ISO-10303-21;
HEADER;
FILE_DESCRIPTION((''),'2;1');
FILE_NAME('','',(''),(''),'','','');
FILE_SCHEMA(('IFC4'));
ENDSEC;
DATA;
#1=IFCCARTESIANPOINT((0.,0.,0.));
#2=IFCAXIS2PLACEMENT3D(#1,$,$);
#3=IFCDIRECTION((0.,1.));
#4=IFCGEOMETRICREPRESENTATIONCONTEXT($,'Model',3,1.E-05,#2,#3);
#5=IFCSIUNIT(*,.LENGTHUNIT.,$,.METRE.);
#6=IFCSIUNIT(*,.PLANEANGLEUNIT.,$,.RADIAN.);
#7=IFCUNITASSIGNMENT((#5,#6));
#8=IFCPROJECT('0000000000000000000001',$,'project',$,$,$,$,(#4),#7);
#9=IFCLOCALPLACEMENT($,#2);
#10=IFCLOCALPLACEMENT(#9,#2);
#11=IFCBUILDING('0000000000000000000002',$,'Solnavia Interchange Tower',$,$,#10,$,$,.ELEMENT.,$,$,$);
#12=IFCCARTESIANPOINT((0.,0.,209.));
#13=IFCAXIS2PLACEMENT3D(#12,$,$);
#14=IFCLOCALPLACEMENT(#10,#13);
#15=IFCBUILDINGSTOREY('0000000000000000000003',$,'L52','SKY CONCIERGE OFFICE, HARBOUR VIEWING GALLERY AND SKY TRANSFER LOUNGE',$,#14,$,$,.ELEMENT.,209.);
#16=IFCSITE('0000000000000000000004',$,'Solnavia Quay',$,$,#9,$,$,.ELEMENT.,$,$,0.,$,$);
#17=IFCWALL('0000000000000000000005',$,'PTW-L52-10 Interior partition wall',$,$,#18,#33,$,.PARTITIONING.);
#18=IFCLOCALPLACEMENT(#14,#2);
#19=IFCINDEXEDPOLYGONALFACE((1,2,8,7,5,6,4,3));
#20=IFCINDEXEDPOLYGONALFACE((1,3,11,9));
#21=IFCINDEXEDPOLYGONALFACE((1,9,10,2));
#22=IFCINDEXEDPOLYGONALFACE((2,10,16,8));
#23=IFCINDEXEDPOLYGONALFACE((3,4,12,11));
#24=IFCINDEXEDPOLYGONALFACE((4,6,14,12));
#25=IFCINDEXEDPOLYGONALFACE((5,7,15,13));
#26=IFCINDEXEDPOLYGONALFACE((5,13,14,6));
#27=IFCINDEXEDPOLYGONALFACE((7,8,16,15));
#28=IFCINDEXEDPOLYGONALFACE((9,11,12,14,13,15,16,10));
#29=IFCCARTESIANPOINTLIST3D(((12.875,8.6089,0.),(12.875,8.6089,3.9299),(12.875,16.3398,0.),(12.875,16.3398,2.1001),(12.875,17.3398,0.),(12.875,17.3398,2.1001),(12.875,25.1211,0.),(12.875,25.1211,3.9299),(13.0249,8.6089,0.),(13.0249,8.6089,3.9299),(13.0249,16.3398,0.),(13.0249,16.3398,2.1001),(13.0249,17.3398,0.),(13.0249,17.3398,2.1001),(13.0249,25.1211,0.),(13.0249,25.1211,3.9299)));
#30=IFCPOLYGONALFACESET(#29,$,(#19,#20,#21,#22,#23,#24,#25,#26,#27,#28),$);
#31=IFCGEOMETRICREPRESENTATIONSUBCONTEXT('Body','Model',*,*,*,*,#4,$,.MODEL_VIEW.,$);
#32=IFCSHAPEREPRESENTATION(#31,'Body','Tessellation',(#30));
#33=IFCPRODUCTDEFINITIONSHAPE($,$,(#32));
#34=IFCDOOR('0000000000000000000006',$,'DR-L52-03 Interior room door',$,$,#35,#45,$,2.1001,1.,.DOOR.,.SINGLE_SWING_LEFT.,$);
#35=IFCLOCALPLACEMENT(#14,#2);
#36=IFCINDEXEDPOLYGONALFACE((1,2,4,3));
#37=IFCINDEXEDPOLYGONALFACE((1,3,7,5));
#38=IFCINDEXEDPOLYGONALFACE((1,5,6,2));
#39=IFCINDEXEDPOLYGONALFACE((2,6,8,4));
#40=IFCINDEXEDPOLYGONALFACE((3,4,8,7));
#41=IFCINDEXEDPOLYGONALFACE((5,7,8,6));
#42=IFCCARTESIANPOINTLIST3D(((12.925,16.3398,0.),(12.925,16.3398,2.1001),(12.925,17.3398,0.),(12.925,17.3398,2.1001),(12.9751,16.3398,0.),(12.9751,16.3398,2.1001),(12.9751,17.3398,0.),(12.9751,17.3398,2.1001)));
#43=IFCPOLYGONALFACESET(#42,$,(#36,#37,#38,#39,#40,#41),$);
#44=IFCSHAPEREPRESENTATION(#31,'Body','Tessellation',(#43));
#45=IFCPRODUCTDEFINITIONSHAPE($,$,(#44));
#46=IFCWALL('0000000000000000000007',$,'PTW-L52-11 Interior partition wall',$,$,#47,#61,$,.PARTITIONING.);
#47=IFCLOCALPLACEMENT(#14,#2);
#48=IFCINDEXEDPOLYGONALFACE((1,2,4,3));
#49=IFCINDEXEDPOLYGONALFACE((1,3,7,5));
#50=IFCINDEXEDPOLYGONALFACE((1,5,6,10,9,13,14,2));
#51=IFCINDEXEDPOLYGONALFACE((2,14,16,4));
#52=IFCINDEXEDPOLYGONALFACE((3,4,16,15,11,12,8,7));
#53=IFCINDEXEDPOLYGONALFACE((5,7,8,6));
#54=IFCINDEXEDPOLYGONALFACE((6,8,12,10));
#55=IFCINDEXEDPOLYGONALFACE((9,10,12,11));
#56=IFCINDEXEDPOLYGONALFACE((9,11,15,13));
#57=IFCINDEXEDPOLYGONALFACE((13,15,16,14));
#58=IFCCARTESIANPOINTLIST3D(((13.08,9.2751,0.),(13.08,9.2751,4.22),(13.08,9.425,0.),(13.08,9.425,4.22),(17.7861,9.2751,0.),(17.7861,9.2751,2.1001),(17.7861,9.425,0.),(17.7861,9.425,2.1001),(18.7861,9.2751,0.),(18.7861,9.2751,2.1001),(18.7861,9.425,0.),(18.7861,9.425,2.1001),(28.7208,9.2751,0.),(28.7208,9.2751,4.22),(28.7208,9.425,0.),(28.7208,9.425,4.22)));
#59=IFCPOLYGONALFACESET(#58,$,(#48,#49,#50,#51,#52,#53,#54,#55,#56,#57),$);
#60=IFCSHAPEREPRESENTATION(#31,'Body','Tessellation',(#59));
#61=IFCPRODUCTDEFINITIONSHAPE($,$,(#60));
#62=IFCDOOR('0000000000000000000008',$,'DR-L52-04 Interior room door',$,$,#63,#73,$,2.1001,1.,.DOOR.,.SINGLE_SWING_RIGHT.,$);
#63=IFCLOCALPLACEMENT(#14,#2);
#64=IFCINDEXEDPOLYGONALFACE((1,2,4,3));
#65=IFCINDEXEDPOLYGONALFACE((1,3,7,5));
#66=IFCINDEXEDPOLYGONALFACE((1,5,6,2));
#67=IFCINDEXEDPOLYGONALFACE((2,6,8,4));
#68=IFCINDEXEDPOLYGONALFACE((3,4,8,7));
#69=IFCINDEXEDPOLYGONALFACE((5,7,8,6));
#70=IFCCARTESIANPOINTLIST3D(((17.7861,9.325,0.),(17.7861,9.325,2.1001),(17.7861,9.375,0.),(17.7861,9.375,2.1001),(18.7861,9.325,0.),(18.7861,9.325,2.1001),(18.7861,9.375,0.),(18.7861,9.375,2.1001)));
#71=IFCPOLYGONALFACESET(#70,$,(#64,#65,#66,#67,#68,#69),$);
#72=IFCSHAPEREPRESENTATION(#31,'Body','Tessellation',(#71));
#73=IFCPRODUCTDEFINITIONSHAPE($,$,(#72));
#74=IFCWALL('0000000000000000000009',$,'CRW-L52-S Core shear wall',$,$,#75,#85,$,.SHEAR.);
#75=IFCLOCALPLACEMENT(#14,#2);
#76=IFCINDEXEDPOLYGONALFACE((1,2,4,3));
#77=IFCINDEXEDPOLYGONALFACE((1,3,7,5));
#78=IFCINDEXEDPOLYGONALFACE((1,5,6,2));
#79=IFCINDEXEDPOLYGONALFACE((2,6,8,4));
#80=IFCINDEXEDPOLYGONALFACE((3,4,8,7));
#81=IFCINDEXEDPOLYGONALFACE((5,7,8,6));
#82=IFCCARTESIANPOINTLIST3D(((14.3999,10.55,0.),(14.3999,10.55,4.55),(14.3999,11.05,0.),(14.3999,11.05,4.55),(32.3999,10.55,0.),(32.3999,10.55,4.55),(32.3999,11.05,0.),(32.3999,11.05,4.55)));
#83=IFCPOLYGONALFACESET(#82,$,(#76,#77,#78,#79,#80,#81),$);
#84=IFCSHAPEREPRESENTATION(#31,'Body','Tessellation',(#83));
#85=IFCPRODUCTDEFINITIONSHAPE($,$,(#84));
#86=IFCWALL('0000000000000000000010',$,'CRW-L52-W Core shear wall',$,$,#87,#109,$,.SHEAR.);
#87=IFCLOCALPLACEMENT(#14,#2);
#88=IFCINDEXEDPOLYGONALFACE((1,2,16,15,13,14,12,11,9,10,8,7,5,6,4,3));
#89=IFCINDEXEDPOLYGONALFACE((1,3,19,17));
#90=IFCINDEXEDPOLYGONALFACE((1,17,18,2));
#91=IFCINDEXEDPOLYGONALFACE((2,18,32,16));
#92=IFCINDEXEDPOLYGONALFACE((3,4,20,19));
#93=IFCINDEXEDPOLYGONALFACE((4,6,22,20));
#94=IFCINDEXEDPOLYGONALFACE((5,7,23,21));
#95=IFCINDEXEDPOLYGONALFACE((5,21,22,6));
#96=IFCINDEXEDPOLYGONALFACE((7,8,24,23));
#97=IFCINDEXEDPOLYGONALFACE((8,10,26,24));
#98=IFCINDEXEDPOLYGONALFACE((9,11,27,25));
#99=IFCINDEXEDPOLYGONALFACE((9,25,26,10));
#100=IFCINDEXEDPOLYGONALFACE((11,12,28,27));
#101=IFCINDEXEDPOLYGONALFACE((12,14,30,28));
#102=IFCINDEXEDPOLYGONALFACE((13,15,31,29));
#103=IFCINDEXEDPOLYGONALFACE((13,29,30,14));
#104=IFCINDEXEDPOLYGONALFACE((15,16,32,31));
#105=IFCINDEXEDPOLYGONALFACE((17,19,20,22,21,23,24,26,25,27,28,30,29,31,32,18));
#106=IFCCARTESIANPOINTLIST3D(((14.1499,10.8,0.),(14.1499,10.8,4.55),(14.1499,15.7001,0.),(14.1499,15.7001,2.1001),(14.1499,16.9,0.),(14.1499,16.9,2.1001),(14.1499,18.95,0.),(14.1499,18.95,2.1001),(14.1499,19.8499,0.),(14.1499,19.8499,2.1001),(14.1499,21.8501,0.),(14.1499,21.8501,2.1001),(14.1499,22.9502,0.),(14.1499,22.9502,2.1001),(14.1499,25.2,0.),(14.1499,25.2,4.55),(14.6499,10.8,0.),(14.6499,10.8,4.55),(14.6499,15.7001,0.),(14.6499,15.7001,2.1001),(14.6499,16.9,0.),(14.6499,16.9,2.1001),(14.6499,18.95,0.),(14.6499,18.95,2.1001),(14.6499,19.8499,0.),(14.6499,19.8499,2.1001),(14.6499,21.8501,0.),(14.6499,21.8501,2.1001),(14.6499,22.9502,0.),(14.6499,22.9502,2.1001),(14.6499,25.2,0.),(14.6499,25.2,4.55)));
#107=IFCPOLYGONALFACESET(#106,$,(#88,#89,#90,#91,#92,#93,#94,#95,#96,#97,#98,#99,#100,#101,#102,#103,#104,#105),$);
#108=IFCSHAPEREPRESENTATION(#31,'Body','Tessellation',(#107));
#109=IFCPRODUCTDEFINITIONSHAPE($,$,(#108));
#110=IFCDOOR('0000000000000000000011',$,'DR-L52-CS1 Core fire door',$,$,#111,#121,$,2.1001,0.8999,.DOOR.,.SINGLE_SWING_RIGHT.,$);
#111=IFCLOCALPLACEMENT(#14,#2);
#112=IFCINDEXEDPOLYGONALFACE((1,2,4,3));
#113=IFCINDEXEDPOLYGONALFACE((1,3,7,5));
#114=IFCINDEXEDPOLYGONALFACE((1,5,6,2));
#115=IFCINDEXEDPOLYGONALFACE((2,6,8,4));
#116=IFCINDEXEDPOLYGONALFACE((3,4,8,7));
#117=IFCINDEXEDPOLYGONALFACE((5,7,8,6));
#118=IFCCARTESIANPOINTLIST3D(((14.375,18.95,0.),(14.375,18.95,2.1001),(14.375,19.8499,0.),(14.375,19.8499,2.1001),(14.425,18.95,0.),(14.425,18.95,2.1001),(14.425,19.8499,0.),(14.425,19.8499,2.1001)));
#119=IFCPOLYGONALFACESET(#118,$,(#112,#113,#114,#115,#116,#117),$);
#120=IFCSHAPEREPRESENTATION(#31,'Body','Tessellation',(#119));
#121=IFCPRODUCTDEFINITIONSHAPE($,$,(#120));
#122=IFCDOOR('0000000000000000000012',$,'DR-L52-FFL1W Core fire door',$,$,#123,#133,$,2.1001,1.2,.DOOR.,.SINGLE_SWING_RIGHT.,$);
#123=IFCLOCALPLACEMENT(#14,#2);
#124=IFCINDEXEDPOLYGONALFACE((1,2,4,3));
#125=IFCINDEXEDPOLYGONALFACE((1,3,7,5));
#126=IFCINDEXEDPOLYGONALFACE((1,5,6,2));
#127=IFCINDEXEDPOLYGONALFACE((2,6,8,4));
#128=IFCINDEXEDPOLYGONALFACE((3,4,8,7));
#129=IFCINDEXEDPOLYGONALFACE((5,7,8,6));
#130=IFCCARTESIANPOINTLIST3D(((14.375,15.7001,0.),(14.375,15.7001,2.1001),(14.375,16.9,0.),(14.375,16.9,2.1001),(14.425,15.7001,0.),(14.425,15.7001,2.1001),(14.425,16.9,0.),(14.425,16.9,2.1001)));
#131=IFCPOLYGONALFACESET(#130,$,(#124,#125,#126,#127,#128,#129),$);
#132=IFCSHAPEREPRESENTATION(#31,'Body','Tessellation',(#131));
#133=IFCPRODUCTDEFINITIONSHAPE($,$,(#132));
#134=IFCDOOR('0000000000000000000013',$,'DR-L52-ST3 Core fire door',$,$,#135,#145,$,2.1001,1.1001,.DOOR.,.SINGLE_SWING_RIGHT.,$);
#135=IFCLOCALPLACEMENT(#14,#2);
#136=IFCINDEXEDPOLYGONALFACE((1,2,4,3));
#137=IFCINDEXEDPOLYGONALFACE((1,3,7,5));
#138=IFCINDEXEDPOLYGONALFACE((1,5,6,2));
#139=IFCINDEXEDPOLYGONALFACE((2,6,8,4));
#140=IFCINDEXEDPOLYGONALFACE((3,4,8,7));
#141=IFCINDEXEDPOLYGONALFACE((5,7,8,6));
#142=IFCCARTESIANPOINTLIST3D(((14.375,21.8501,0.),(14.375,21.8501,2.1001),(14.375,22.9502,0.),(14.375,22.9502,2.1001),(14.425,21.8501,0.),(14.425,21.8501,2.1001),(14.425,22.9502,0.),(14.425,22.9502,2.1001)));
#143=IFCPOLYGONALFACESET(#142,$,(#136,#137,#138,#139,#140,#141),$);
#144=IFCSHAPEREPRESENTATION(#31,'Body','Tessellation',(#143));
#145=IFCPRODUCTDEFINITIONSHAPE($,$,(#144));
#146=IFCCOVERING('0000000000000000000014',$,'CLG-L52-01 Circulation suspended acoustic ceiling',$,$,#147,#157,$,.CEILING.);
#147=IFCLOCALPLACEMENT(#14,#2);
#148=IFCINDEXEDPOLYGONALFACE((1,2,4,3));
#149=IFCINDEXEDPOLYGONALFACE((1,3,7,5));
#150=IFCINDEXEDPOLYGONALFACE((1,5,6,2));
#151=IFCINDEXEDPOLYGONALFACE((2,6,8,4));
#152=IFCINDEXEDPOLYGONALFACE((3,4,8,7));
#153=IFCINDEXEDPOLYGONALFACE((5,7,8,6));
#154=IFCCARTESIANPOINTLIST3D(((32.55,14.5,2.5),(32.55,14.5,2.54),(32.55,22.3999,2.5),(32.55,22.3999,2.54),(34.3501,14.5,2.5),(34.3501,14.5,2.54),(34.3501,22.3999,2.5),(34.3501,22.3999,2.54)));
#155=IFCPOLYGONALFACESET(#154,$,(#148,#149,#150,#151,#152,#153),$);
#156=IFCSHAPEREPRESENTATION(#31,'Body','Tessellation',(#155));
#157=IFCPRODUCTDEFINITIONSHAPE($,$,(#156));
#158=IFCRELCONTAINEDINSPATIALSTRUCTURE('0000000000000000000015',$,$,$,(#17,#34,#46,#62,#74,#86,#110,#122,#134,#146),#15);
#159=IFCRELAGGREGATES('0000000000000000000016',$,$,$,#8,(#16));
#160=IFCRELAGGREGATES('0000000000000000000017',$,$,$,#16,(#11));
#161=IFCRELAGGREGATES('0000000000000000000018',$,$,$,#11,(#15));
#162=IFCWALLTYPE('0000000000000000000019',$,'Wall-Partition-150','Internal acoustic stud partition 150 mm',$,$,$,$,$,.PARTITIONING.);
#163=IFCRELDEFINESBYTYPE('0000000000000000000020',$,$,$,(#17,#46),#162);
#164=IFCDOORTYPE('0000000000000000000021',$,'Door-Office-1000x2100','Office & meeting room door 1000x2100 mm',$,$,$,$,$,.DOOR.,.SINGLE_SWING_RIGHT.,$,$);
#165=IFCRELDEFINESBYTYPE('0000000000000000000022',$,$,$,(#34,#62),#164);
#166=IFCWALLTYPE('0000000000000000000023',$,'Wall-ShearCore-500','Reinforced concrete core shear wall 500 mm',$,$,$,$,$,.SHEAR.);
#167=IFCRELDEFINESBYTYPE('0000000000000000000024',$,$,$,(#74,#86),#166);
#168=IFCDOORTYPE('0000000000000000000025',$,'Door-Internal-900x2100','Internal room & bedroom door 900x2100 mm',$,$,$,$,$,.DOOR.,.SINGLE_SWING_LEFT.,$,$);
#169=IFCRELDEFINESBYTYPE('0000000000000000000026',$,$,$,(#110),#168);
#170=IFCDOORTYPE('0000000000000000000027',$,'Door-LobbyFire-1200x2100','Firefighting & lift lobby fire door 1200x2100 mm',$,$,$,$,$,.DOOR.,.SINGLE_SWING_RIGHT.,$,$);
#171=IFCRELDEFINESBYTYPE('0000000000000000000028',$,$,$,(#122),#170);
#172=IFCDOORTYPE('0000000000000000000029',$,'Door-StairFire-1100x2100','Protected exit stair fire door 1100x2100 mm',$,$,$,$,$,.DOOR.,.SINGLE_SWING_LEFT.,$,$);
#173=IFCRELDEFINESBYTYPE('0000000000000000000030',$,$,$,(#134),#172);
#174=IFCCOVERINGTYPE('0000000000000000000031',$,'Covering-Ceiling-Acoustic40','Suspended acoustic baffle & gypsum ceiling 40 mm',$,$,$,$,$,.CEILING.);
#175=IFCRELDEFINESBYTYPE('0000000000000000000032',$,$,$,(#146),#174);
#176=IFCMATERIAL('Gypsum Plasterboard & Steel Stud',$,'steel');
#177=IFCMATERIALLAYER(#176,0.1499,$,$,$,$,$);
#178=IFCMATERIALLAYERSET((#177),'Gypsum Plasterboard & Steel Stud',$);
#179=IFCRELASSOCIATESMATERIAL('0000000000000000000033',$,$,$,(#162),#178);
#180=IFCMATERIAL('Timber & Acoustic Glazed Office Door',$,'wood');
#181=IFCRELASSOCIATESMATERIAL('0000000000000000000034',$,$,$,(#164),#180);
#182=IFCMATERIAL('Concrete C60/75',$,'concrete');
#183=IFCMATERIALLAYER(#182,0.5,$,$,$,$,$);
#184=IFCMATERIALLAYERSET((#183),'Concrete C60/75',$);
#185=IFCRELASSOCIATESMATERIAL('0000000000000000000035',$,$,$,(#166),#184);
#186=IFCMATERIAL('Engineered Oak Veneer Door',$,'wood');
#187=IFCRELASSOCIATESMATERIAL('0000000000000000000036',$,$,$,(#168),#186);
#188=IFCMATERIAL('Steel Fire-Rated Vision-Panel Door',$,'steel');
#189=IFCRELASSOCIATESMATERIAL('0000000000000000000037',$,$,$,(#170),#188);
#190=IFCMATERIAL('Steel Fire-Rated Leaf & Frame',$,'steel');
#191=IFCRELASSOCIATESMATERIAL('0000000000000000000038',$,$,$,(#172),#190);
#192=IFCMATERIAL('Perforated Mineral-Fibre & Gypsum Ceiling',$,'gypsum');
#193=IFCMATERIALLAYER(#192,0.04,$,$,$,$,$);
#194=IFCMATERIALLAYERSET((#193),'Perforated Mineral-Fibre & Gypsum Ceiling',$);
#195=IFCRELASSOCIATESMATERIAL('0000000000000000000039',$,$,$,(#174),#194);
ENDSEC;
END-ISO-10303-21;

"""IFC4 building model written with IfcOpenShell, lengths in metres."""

from ifc_helpers import new_model, si_unit, direction, frame, frame_2d, origin, place, context, subcontext, project, spatial, polyline, rectangle, outline, extrude, material, layer, layer_set, type_object, element, fill, save


model = new_model("IFC4")

# Units and contexts
model_context = context("Model", 3, precision=1e-05, world=origin(), true_north=direction((0.0, 1.0)))
body_context = subcontext(model_context, "Body", "Model", "MODEL_VIEW")
ifc_project = project(units=[si_unit("LENGTHUNIT", "METRE"), si_unit("PLANEANGLEUNIT", "RADIAN")], contexts=[model_context])

# Site, building, storey
site_placement = place(None, origin())
site = spatial("IfcSite", under=ifc_project, at=site_placement, Name="Solnavia Quay", CompositionType="ELEMENT", RefElevation=0.0)
building_placement = place(site_placement, origin())
building = spatial("IfcBuilding", under=site, at=building_placement, Name="Solnavia Interchange Tower", CompositionType="ELEMENT")
storey_placement = place(building_placement, frame((0.0, 0.0, 209.0)))
storey = spatial("IfcBuildingStorey", under=building, at=storey_placement, Name="L52", Description="SKY CONCIERGE OFFICE, HARBOUR VIEWING GALLERY AND SKY TRANSFER LOUNGE", CompositionType="ELEMENT", Elevation=209.0)

# Shared definitions
ifc_material_1 = material(Name="Gypsum Plasterboard & Steel Stud", Category="steel")
ifc_layer_1 = layer(ifc_material_1, 0.1499)
ifc_layer_set_1 = layer_set([ifc_layer_1], Name="Gypsum Plasterboard & Steel Stud")
wall_type_1 = type_object("IfcWallType", Name="Wall-Partition-150", Description="Internal acoustic stud partition 150 mm", PredefinedType="PARTITIONING", material=ifc_layer_set_1)

# Walls, openings, doors
wall_1_placement = place(storey_placement, frame((12.95, 8.6089, 0.0), z_axis=(0.0, 0.0, 1.0), x_axis=(0.0, 1.0, 0.0)))
wall_1 = element("IfcWall", 1, at=wall_1_placement, inside=storey, type_object=wall_type_1, Name="PTW-L52-10 Interior partition wall", PredefinedType="PARTITIONING", context=body_context, shape_type="SweptSolid", body=[
    extrude(rectangle(XDim=16.5122, YDim=0.1499, at=frame_2d((8.2561, 0.0))), origin(), (0.0, 0.0, 1.0), 3.9299),
])
opening_1_placement = place(wall_1_placement, frame((7.731, 0.0, 0.0)))
opening_1 = element("IfcOpeningElement", 2, at=opening_1_placement, cuts=wall_1, PredefinedType="OPENING", context=body_context, shape_type="SweptSolid", body=[
    extrude(rectangle(XDim=1.0, YDim=2.1001, at=frame_2d((0.5, 1.05))), frame((0.0, 0.085, 0.0), z_axis=(0.0, -1.0, 0.0), x_axis=(1.0, 0.0, 0.0)), (0.0, 0.0, 1.0), 0.1699),
])
ifc_material_2 = material(Name="Timber & Acoustic Glazed Office Door", Category="wood")
door_type_1 = type_object("IfcDoorType", Name="Door-Office-1000x2100", Description="Office & meeting room door 1000x2100 mm", OperationType="SINGLE_SWING_RIGHT", PredefinedType="DOOR", material=ifc_material_2)
door_1_placement = place(opening_1_placement, origin())
door_1 = element("IfcDoor", 3, at=door_1_placement, inside=storey, type_object=door_type_1, Name="DR-L52-03 Interior room door", OperationType="SINGLE_SWING_LEFT", OverallHeight=2.1001, OverallWidth=1.0, PredefinedType="DOOR", context=body_context, shape_type="SweptSolid", body=[
    extrude(rectangle(XDim=1.0, YDim=2.1001, at=frame_2d((0.5, 1.05))), frame((0.0, 0.0249, 0.0), z_axis=(0.0, -1.0, 0.0), x_axis=(1.0, 0.0, 0.0)), (0.0, 0.0, 1.0), 0.05),
])
fill(opening_1, door_1)
wall_2_placement = place(storey_placement, frame((13.0801, 9.3501, 0.0), z_axis=(0.0, 0.0, 1.0), x_axis=(1.0, 0.0, 0.0)))
wall_2 = element("IfcWall", 4, at=wall_2_placement, inside=storey, type_object=wall_type_1, Name="PTW-L52-11 Interior partition wall", PredefinedType="PARTITIONING", context=body_context, shape_type="SweptSolid", body=[
    extrude(rectangle(XDim=15.6409, YDim=0.1499, at=frame_2d((7.8203, 0.0))), origin(), (0.0, 0.0, 1.0), 4.22),
])
opening_2_placement = place(wall_2_placement, frame((4.7061, 0.0, 0.0)))
opening_2 = element("IfcOpeningElement", 5, at=opening_2_placement, cuts=wall_2, PredefinedType="OPENING", context=body_context, shape_type="SweptSolid", body=[
    extrude(rectangle(XDim=1.0, YDim=2.1001, at=frame_2d((0.5, 1.05))), frame((0.0, 0.085, 0.0), z_axis=(0.0, -1.0, 0.0), x_axis=(1.0, 0.0, 0.0)), (0.0, 0.0, 1.0), 0.1699),
])
door_2_placement = place(opening_2_placement, origin())
door_2 = element("IfcDoor", 6, at=door_2_placement, inside=storey, type_object=door_type_1, Name="DR-L52-04 Interior room door", OperationType="SINGLE_SWING_RIGHT", OverallHeight=2.1001, OverallWidth=1.0, PredefinedType="DOOR", context=body_context, shape_type="SweptSolid", body=[
    extrude(rectangle(XDim=1.0, YDim=2.1001, at=frame_2d((0.5, 1.05))), frame((0.0, 0.0249, 0.0), z_axis=(0.0, -1.0, 0.0), x_axis=(1.0, 0.0, 0.0)), (0.0, 0.0, 1.0), 0.05),
])
fill(opening_2, door_2)

# Wall
ifc_material_3 = material(Name="Concrete C60/75", Category="concrete")
ifc_layer_2 = layer(ifc_material_3, 0.5)
ifc_layer_set_2 = layer_set([ifc_layer_2], Name="Concrete C60/75")
wall_type_2 = type_object("IfcWallType", Name="Wall-ShearCore-500", Description="Reinforced concrete core shear wall 500 mm", PredefinedType="SHEAR", material=ifc_layer_set_2)
wall_3_placement = place(storey_placement, frame((14.3999, 10.8, 0.0), z_axis=(0.0, 0.0, 1.0), x_axis=(1.0, 0.0, 0.0)))
element("IfcWall", 7, at=wall_3_placement, inside=storey, type_object=wall_type_2, Name="CRW-L52-S Core shear wall", PredefinedType="SHEAR", context=body_context, shape_type="SweptSolid", body=[
    extrude(rectangle(XDim=18.0, YDim=0.5, at=frame_2d((9.0, 0.0))), origin(), (0.0, 0.0, 1.0), 4.55),
])

# Wall, openings, doors
wall_4_placement = place(storey_placement, frame((14.3999, 10.8, 0.0), z_axis=(0.0, 0.0, 1.0), x_axis=(0.0, 1.0, 0.0)))
wall_4 = element("IfcWall", 8, at=wall_4_placement, inside=storey, type_object=wall_type_2, Name="CRW-L52-W Core shear wall", PredefinedType="SHEAR", context=body_context, shape_type="SweptSolid", body=[
    extrude(rectangle(XDim=14.3999, YDim=0.5, at=frame_2d((7.2, 0.0))), origin(), (0.0, 0.0, 1.0), 4.55),
])
opening_3_placement = place(wall_4_placement, frame((11.05, 0.0, 0.0)))
opening_3 = element("IfcOpeningElement", 9, at=opening_3_placement, cuts=wall_4, PredefinedType="OPENING", context=body_context, shape_type="SweptSolid", body=[
    extrude(rectangle(XDim=1.1001, YDim=2.1001, at=frame_2d((0.55, 1.05))), frame((0.0, 0.26, 0.0), z_axis=(0.0, -1.0, 0.0), x_axis=(1.0, 0.0, 0.0)), (0.0, 0.0, 1.0), 0.52),
])
opening_4_placement = place(wall_4_placement, frame((4.8999, 0.0, 0.0)))
opening_4 = element("IfcOpeningElement", 10, at=opening_4_placement, cuts=wall_4, PredefinedType="OPENING", context=body_context, shape_type="SweptSolid", body=[
    extrude(rectangle(XDim=1.2, YDim=2.1001, at=frame_2d((0.6001, 1.05))), frame((0.0, 0.26, 0.0), z_axis=(0.0, -1.0, 0.0), x_axis=(1.0, 0.0, 0.0)), (0.0, 0.0, 1.0), 0.52),
])
opening_5_placement = place(wall_4_placement, frame((8.1499, 0.0, 0.0)))
opening_5 = element("IfcOpeningElement", 11, at=opening_5_placement, cuts=wall_4, PredefinedType="OPENING", context=body_context, shape_type="SweptSolid", body=[
    extrude(rectangle(XDim=0.8999, YDim=2.1001, at=frame_2d((0.45, 1.05))), frame((0.0, 0.26, 0.0), z_axis=(0.0, -1.0, 0.0), x_axis=(1.0, 0.0, 0.0)), (0.0, 0.0, 1.0), 0.52),
])
ifc_material_4 = material(Name="Engineered Oak Veneer Door", Category="wood")
door_type_2 = type_object("IfcDoorType", Name="Door-Internal-900x2100", Description="Internal room & bedroom door 900x2100 mm", OperationType="SINGLE_SWING_LEFT", PredefinedType="DOOR", material=ifc_material_4)
door_3_placement = place(opening_5_placement, origin())
door_3 = element("IfcDoor", 12, at=door_3_placement, inside=storey, type_object=door_type_2, Name="DR-L52-CS1 Core fire door", OperationType="SINGLE_SWING_RIGHT", OverallHeight=2.1001, OverallWidth=0.8999, PredefinedType="DOOR", context=body_context, shape_type="SweptSolid", body=[
    extrude(rectangle(XDim=0.8999, YDim=2.1001, at=frame_2d((0.45, 1.05))), frame((0.0, 0.0249, 0.0), z_axis=(0.0, -1.0, 0.0), x_axis=(1.0, 0.0, 0.0)), (0.0, 0.0, 1.0), 0.05),
])
fill(opening_5, door_3)
ifc_material_5 = material(Name="Steel Fire-Rated Vision-Panel Door", Category="steel")
door_type_3 = type_object("IfcDoorType", Name="Door-LobbyFire-1200x2100", Description="Firefighting & lift lobby fire door 1200x2100 mm", OperationType="SINGLE_SWING_RIGHT", PredefinedType="DOOR", material=ifc_material_5)
door_4_placement = place(opening_4_placement, origin())
door_4 = element("IfcDoor", 13, at=door_4_placement, inside=storey, type_object=door_type_3, Name="DR-L52-FFL1W Core fire door", OperationType="SINGLE_SWING_RIGHT", OverallHeight=2.1001, OverallWidth=1.2, PredefinedType="DOOR", context=body_context, shape_type="SweptSolid", body=[
    extrude(rectangle(XDim=1.2, YDim=2.1001, at=frame_2d((0.6001, 1.05))), frame((0.0, 0.0249, 0.0), z_axis=(0.0, -1.0, 0.0), x_axis=(1.0, 0.0, 0.0)), (0.0, 0.0, 1.0), 0.05),
])
fill(opening_4, door_4)
ifc_material_6 = material(Name="Steel Fire-Rated Leaf & Frame", Category="steel")
door_type_4 = type_object("IfcDoorType", Name="Door-StairFire-1100x2100", Description="Protected exit stair fire door 1100x2100 mm", OperationType="SINGLE_SWING_LEFT", PredefinedType="DOOR", material=ifc_material_6)
door_5_placement = place(opening_3_placement, origin())
door_5 = element("IfcDoor", 14, at=door_5_placement, inside=storey, type_object=door_type_4, Name="DR-L52-ST3 Core fire door", OperationType="SINGLE_SWING_RIGHT", OverallHeight=2.1001, OverallWidth=1.1001, PredefinedType="DOOR", context=body_context, shape_type="SweptSolid", body=[
    extrude(rectangle(XDim=1.1001, YDim=2.1001, at=frame_2d((0.55, 1.05))), frame((0.0, 0.0249, 0.0), z_axis=(0.0, -1.0, 0.0), x_axis=(1.0, 0.0, 0.0)), (0.0, 0.0, 1.0), 0.05),
])
fill(opening_3, door_5)

# Covering
ifc_material_7 = material(Name="Perforated Mineral-Fibre & Gypsum Ceiling", Category="gypsum")
ifc_layer_3 = layer(ifc_material_7, 0.04)
ifc_layer_set_3 = layer_set([ifc_layer_3], Name="Perforated Mineral-Fibre & Gypsum Ceiling")
covering_type_1 = type_object("IfcCoveringType", Name="Covering-Ceiling-Acoustic40", Description="Suspended acoustic baffle & gypsum ceiling 40 mm", PredefinedType="CEILING", material=ifc_layer_set_3)
covering_1_placement = place(storey_placement, frame((0.0, 0.0, 2.5)))
element("IfcCovering", 15, at=covering_1_placement, inside=storey, type_object=covering_type_1, Name="CLG-L52-01 Circulation suspended acoustic ceiling", PredefinedType="CEILING", context=body_context, shape_type="SweptSolid", body=[
    extrude(outline(polyline([(32.55, 14.5), (34.3501, 14.5), (34.3501, 22.3999), (32.55, 22.3999), (32.55, 14.5)])), origin(), (0.0, 0.0, 1.0), 0.04),
])

save(model, "model.ifc")
